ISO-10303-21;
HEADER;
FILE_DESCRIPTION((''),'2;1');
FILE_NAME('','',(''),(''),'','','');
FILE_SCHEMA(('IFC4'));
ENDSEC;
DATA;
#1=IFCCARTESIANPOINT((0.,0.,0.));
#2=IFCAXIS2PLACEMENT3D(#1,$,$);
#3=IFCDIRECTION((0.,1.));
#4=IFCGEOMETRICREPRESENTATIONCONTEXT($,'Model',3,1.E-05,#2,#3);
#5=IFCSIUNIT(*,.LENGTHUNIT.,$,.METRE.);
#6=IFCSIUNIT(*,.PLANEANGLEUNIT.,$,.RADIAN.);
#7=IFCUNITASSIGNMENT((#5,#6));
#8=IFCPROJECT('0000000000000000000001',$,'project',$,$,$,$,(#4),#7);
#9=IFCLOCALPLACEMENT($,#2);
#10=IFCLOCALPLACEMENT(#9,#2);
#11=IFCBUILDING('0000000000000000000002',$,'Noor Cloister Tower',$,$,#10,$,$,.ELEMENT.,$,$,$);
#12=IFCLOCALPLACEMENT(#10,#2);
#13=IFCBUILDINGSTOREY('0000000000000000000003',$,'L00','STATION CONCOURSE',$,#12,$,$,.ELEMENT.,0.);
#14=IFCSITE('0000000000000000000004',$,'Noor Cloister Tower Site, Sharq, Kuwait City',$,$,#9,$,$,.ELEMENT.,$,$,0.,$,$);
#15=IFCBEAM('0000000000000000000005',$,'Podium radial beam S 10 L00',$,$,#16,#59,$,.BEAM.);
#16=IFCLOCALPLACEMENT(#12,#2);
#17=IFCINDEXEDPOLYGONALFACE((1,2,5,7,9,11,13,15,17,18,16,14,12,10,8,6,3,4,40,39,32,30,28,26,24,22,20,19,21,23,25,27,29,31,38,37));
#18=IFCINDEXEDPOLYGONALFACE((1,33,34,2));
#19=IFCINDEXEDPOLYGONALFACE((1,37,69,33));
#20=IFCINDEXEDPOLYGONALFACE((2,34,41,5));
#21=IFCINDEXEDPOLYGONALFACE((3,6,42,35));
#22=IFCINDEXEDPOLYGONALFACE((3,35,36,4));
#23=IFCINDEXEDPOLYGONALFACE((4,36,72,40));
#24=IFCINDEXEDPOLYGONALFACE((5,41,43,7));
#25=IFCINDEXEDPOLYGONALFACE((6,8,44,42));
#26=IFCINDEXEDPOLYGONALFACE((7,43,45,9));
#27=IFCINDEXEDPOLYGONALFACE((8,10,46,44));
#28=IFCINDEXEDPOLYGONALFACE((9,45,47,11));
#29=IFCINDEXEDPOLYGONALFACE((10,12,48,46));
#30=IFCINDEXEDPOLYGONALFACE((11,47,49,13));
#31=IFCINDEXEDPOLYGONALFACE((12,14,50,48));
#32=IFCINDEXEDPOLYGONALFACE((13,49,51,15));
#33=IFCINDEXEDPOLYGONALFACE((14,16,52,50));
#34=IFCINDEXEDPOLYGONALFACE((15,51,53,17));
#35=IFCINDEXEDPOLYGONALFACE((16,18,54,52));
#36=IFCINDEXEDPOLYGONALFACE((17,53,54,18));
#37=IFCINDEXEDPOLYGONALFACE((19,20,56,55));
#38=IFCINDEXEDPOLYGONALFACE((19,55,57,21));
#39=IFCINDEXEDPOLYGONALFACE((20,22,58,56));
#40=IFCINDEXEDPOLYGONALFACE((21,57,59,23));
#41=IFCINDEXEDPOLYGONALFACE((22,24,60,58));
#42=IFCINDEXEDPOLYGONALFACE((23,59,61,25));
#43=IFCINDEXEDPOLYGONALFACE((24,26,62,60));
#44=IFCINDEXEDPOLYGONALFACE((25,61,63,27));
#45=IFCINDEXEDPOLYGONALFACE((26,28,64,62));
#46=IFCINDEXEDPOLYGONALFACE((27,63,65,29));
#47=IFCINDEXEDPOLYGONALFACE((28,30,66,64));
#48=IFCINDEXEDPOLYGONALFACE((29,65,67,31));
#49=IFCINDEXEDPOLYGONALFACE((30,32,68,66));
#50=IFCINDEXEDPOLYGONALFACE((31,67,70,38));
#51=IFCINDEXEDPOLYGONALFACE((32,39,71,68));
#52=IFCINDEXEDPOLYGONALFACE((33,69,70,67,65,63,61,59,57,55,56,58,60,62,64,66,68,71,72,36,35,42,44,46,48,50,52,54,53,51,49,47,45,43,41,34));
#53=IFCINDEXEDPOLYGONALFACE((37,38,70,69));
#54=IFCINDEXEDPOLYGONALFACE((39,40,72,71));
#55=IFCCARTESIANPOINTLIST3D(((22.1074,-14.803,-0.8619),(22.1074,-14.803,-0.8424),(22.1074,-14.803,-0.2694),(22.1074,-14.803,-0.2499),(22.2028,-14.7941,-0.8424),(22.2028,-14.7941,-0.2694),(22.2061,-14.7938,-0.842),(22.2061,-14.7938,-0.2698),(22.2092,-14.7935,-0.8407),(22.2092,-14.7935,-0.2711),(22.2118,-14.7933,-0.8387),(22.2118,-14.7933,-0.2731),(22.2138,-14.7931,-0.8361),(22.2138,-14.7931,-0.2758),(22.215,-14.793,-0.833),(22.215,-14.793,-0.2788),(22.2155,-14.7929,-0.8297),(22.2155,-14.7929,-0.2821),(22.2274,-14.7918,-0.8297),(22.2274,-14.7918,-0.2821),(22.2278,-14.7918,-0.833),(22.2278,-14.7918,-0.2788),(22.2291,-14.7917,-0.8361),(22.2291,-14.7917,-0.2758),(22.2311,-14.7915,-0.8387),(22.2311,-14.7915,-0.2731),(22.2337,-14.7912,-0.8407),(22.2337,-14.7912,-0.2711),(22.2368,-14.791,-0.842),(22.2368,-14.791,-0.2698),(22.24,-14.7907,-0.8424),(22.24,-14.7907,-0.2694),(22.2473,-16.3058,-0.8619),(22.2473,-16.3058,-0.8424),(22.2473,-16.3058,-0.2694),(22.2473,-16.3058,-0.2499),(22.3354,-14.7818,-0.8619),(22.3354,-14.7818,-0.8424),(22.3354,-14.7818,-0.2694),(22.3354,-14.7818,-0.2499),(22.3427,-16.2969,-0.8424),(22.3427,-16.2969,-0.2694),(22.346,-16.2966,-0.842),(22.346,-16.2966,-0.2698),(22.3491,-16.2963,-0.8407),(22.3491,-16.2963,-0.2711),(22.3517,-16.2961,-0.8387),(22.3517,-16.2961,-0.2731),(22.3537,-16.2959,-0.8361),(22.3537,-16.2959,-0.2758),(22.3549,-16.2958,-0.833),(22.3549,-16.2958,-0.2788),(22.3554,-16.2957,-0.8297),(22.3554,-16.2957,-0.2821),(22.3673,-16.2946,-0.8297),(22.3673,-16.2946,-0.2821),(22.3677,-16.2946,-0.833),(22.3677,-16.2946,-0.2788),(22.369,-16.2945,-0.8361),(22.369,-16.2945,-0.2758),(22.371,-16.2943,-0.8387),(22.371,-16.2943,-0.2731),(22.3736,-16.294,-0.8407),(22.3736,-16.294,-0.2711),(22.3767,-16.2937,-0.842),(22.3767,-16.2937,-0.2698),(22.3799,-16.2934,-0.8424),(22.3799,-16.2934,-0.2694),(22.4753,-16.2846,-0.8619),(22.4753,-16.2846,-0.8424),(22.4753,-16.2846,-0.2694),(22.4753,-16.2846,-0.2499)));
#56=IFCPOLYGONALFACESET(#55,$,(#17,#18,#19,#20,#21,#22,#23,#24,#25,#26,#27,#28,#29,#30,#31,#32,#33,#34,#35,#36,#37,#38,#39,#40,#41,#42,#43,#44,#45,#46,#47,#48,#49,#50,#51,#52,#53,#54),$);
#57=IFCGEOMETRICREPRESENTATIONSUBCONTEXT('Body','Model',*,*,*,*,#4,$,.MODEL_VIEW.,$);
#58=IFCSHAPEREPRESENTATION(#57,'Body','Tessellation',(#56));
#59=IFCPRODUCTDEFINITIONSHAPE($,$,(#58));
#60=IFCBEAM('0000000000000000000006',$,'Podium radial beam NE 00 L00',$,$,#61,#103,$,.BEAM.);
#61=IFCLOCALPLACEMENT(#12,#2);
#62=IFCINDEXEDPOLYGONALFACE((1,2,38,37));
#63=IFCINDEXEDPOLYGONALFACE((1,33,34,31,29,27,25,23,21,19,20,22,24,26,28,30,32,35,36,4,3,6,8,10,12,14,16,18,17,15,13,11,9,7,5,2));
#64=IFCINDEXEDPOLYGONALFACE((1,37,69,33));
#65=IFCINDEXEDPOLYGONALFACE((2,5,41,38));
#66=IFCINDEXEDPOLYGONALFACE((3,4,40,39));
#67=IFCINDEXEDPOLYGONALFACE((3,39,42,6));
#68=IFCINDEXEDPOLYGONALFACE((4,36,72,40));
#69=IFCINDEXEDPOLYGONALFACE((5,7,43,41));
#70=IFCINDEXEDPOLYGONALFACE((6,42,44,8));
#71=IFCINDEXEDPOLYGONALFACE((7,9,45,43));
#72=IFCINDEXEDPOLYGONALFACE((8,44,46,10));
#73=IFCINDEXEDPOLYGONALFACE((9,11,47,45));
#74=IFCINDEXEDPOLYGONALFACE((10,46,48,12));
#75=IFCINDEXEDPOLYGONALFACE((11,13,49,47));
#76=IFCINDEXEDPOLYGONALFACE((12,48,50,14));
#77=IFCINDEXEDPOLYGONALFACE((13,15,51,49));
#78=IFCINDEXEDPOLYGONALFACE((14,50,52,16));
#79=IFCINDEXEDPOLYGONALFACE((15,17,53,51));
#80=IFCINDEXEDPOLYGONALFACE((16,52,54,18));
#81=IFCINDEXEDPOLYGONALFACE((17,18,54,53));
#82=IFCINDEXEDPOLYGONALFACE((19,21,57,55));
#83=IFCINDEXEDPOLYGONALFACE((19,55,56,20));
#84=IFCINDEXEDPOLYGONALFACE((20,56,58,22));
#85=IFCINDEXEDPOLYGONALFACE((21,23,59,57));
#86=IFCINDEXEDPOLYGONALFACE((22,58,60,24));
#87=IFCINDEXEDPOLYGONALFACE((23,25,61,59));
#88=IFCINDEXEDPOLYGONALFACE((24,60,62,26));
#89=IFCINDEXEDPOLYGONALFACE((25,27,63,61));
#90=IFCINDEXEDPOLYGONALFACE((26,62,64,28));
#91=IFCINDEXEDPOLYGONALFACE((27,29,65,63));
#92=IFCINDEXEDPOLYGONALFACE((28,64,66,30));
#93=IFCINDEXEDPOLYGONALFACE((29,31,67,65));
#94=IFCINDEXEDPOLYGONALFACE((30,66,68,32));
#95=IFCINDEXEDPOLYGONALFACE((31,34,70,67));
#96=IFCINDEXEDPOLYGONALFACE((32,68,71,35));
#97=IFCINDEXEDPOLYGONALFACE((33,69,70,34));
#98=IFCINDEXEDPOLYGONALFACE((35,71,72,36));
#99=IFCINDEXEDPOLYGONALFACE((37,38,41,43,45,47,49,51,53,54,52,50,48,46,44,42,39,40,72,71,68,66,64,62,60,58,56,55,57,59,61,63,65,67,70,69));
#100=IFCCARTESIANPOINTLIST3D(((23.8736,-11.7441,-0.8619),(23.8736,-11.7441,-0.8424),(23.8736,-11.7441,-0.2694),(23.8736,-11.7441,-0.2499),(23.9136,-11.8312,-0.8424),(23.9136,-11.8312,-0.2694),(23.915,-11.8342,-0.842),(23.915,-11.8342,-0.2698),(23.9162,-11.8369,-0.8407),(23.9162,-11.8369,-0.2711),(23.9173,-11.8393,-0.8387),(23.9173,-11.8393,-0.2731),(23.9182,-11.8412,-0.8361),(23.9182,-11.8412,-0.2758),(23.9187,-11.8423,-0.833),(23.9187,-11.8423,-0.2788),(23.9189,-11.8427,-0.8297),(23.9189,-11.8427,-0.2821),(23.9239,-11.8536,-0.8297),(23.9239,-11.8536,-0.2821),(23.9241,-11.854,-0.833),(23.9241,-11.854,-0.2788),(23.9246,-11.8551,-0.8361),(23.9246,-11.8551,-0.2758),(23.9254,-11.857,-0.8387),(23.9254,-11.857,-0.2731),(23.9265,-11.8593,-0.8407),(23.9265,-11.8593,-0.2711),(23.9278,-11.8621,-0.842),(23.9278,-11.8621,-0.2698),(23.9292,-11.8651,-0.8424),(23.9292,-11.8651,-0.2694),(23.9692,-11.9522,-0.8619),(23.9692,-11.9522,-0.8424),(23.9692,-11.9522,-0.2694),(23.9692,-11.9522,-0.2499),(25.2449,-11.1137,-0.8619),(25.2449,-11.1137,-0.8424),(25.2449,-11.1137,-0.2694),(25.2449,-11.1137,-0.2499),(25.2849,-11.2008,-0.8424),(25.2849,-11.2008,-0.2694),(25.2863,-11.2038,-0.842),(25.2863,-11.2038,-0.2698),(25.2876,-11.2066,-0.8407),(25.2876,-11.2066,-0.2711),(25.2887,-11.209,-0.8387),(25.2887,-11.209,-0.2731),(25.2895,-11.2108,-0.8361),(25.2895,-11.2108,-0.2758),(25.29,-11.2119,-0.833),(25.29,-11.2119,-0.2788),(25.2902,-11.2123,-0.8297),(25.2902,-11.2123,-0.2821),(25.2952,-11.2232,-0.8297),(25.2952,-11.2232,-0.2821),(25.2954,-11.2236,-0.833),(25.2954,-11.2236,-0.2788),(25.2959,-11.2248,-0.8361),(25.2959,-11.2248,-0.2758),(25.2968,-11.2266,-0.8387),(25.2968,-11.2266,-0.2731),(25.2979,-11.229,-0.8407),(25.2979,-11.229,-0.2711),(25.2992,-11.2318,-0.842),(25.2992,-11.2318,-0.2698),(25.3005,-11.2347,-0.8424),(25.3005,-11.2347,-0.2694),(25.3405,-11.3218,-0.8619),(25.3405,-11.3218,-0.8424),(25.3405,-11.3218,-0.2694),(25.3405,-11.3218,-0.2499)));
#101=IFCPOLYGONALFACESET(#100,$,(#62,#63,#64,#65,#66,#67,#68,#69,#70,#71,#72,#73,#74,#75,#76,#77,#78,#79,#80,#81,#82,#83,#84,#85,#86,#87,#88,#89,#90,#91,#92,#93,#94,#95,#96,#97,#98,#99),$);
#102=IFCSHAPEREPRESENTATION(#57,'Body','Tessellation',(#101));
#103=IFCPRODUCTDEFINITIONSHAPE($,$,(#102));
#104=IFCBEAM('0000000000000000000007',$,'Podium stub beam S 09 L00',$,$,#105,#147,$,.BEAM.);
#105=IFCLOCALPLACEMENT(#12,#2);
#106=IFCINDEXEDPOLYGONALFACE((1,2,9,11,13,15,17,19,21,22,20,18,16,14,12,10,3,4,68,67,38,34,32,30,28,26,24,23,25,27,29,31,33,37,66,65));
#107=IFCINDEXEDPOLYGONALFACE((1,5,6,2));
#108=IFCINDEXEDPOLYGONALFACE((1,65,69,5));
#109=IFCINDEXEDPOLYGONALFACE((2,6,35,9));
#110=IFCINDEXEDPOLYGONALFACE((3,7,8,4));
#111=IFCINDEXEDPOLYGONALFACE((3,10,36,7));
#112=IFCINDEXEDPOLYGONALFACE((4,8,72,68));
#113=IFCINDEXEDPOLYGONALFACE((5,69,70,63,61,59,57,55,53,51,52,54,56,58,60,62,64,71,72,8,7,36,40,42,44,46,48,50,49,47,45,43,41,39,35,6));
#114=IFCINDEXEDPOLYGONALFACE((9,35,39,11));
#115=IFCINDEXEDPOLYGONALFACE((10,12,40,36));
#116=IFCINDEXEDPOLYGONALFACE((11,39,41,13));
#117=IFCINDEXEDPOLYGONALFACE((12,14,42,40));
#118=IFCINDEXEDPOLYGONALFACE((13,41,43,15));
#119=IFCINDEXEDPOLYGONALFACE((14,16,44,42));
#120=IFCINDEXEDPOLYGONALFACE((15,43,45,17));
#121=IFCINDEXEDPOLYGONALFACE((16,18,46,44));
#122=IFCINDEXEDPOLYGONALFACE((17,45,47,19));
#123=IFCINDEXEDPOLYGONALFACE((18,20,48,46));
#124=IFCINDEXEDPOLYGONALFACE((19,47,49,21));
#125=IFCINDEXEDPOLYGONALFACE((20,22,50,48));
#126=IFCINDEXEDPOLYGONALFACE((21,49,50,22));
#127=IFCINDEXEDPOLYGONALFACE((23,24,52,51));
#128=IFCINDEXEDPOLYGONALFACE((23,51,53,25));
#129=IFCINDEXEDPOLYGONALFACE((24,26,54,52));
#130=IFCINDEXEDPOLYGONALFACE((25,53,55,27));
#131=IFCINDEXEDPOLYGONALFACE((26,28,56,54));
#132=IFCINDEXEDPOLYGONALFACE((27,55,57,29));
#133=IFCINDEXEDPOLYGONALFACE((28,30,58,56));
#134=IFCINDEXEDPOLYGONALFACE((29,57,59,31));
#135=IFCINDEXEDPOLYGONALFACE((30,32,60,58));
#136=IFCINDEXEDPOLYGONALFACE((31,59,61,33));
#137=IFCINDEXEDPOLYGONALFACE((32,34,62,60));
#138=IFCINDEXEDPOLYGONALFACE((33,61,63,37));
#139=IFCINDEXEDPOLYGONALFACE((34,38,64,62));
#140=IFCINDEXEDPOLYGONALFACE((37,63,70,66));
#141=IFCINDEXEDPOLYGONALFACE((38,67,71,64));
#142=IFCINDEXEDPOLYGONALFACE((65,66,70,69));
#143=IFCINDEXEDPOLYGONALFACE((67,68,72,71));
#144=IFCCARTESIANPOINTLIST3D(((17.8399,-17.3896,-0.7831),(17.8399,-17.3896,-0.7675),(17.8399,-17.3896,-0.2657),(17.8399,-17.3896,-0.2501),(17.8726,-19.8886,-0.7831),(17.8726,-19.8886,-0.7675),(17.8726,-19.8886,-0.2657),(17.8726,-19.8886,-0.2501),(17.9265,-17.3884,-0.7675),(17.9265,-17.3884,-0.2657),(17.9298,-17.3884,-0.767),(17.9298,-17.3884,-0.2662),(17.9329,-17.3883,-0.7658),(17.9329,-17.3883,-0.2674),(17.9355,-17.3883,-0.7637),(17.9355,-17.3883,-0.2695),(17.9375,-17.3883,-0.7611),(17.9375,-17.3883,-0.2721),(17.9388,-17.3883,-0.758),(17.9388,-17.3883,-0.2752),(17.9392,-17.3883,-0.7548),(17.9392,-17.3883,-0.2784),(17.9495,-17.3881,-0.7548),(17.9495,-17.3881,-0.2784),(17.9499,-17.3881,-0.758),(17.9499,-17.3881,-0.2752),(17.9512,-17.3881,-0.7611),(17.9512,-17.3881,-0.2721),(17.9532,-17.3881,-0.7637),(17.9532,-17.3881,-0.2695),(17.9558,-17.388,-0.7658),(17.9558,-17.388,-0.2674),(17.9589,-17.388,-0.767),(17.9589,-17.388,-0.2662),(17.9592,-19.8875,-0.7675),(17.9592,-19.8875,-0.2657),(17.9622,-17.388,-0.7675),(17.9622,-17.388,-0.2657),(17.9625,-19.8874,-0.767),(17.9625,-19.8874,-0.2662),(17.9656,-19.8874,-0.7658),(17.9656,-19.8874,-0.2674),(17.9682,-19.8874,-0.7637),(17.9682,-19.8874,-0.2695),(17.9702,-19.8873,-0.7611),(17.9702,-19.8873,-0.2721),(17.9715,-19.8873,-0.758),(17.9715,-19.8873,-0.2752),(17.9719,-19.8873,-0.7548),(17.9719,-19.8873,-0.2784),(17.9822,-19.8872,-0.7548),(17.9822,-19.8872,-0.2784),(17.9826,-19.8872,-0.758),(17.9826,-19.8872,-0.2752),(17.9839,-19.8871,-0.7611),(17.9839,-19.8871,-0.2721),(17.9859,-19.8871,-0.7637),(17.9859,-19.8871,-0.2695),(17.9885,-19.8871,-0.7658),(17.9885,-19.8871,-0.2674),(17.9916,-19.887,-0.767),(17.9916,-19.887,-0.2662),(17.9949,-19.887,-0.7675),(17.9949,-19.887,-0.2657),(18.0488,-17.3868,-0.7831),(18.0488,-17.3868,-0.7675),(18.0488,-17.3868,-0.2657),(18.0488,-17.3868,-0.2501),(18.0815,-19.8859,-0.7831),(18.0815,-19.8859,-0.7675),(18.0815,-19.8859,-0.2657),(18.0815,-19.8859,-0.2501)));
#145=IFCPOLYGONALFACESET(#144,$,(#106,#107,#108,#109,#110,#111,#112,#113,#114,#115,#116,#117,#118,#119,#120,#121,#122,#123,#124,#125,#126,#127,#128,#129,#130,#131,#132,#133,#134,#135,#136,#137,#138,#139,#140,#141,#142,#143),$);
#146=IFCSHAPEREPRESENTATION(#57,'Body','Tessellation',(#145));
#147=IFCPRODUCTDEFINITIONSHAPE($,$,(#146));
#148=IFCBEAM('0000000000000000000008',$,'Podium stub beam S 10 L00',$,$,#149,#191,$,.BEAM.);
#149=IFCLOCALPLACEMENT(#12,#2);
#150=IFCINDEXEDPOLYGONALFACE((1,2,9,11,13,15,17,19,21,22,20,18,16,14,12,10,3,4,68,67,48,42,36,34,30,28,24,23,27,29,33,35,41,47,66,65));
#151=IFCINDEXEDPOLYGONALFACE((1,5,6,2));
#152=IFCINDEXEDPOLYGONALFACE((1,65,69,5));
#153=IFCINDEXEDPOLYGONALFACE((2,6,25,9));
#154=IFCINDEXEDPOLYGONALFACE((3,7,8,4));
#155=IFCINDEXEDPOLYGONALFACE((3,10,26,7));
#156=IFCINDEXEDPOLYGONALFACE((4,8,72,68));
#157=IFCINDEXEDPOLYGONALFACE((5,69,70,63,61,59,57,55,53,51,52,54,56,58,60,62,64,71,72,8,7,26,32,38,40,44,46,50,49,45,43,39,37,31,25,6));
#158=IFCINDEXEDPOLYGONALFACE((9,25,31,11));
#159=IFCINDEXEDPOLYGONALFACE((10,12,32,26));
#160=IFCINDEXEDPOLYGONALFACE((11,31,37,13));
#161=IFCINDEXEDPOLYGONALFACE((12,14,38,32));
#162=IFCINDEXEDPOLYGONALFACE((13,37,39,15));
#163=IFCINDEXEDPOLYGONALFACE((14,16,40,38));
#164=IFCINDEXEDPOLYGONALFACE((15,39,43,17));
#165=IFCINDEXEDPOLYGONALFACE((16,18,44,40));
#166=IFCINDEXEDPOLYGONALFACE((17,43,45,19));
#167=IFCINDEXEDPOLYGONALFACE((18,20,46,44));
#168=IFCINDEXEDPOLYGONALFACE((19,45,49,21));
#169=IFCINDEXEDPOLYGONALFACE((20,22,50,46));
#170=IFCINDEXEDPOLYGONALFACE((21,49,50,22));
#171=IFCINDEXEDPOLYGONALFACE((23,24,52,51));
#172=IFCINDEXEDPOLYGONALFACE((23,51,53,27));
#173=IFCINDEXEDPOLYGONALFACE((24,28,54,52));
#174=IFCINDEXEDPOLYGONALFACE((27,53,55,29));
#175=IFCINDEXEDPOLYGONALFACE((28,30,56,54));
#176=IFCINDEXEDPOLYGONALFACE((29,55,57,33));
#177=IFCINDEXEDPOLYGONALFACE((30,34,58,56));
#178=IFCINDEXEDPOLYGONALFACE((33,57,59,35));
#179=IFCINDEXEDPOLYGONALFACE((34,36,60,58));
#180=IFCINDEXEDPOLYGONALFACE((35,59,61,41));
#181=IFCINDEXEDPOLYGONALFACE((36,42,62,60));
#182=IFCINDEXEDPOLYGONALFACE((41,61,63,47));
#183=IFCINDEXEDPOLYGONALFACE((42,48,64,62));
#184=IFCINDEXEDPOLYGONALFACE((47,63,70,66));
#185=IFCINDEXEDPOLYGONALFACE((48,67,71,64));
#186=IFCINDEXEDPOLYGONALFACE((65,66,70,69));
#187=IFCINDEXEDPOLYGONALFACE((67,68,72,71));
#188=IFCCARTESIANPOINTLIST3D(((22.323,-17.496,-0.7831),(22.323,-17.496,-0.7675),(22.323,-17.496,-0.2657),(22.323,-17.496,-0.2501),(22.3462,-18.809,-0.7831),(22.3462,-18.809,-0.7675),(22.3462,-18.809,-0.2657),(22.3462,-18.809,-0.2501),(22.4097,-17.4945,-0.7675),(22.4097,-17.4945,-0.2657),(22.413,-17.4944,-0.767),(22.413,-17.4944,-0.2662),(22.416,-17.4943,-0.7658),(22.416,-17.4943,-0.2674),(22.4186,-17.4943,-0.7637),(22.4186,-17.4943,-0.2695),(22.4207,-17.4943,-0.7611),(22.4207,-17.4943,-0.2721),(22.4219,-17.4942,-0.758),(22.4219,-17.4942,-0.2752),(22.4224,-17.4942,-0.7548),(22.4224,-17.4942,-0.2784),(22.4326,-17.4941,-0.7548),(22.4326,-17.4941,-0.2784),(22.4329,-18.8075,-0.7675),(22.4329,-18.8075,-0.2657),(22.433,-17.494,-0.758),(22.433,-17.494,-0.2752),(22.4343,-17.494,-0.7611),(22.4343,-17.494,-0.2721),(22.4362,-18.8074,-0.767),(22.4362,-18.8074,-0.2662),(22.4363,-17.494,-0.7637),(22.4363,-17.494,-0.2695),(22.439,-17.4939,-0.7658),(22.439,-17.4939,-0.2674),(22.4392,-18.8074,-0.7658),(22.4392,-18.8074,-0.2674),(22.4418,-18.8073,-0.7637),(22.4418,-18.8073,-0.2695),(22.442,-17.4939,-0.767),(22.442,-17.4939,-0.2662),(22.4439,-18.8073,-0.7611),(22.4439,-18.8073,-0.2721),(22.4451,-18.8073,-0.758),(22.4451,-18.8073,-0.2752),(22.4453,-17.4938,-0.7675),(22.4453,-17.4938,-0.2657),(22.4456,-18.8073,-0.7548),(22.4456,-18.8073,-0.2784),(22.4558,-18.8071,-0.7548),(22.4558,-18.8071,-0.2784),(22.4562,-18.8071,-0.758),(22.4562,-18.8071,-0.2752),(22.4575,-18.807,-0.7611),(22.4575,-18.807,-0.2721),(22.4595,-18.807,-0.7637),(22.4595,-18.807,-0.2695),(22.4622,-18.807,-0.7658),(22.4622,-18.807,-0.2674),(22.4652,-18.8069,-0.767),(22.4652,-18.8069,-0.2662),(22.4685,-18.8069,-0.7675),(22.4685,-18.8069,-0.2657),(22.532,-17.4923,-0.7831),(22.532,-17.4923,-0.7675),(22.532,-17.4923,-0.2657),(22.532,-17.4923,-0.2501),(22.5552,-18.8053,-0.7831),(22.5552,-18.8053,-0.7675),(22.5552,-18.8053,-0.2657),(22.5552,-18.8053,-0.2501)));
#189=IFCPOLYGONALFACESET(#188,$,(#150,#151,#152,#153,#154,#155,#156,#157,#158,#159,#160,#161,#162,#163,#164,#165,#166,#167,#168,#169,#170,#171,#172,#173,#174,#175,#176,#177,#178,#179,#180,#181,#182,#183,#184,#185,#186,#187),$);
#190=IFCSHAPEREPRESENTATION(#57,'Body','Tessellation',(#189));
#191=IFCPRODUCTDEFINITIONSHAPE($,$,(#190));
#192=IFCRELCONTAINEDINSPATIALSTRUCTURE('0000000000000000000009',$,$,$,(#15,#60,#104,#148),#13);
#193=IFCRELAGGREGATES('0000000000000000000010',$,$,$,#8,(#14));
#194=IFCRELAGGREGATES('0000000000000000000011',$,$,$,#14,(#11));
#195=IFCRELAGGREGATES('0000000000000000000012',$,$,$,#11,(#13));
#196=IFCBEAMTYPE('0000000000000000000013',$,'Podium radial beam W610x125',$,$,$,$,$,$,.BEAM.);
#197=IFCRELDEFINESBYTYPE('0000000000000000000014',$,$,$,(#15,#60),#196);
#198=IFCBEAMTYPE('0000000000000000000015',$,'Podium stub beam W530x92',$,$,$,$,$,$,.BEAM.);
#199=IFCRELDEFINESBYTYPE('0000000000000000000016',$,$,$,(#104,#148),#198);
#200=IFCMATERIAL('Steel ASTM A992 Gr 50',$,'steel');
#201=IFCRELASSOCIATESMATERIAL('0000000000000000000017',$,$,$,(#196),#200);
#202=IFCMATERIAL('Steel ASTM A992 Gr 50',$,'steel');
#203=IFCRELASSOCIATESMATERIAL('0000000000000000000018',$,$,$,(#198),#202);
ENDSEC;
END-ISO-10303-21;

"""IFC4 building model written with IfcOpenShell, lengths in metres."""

from ifc_helpers import new_model, si_unit, direction, frame, origin, origin_2d, place, context, subcontext, project, spatial, i_section, extrude, material, material_profile, profile_set, type_object, element, save


model = new_model("IFC4")

# Units and contexts
model_context = context("Model", 3, precision=1e-05, world=origin(), true_north=direction((0.0, 1.0)))
body_context = subcontext(model_context, "Body", "Model", "MODEL_VIEW")
ifc_project = project(units=[si_unit("LENGTHUNIT", "METRE"), si_unit("PLANEANGLEUNIT", "RADIAN")], contexts=[model_context])

# Site, building, storey
site_placement = place(None, origin())
site = spatial("IfcSite", under=ifc_project, at=site_placement, Name="Noor Cloister Tower Site, Sharq, Kuwait City", CompositionType="ELEMENT", RefElevation=0.0)
building_placement = place(site_placement, origin())
building = spatial("IfcBuilding", under=site, at=building_placement, Name="Noor Cloister Tower", CompositionType="ELEMENT")
storey_placement = place(building_placement, origin())
storey = spatial("IfcBuildingStorey", under=building, at=storey_placement, Name="L00", Description="STATION CONCOURSE", CompositionType="ELEMENT", Elevation=0.0)

# Beams
ifc_material_1 = material(Name="Steel ASTM A992 Gr 50", Category="steel")
ifc_material_profile_1 = material_profile(ifc_material_1, i_section(OverallWidth=0.229, OverallDepth=0.6121, WebThickness=0.012, FlangeThickness=0.0195, FilletRadius=0.0127, at=origin_2d()), Name="W610x125")
ifc_profile_set_1 = profile_set([ifc_material_profile_1], Name="Steel ASTM A992 Gr 50")
beam_type_1 = type_object("IfcBeamType", Name="Podium radial beam W610x125", PredefinedType="BEAM", material=ifc_profile_set_1)
for number, where, z_axis, x_axis, name in (
    (1, (22.3613, -16.2952, -0.5559), (-0.092694, 0.995695, 0.0), (-0.995695, -0.092694, 0.0), "Podium radial beam S 10 L00"),
    (2, (25.2927, -11.2178, -0.5559), (-0.908602, -0.417663, 0.0), (0.417663, -0.908602, 0.0), "Podium radial beam NE 00 L00"),
):
    element("IfcBeam", number, at=place(storey_placement, frame(where, z_axis=z_axis, x_axis=x_axis)), inside=storey, type_object=beam_type_1, Name=name, PredefinedType="BEAM", context=body_context, shape_type="SweptSolid", body=[
        extrude(i_section(OverallWidth=0.229, OverallDepth=0.6121, WebThickness=0.012, FlangeThickness=0.0195, FilletRadius=0.0127, at=origin_2d()), origin(), (0.0, 0.0, 1.0), 1.5093),
    ])
ifc_material_2 = material(Name="Steel ASTM A992 Gr 50", Category="steel")
ifc_material_profile_2 = material_profile(ifc_material_2, i_section(OverallWidth=0.209, OverallDepth=0.533, WebThickness=0.0103, FlangeThickness=0.0156, FilletRadius=0.0127, at=origin_2d()), Name="W530x92")
ifc_profile_set_2 = profile_set([ifc_material_profile_2], Name="Steel ASTM A992 Gr 50")
beam_type_2 = type_object("IfcBeamType", Name="Podium stub beam W530x92", PredefinedType="BEAM", material=ifc_profile_set_2)
beam_1_placement = place(storey_placement, frame((17.9443, -17.3882, -0.5166), z_axis=(0.01309, -0.999914, 0.0), x_axis=(0.999914, 0.01309, 0.0)))
element("IfcBeam", 3, at=beam_1_placement, inside=storey, type_object=beam_type_2, Name="Podium stub beam S 09 L00", PredefinedType="BEAM", context=body_context, shape_type="SweptSolid", body=[
    extrude(i_section(OverallWidth=0.209, OverallDepth=0.533, WebThickness=0.0103, FlangeThickness=0.0156, FilletRadius=0.0127, at=origin_2d()), origin(), (0.0, 0.0, 1.0), 2.4993),
])
beam_2_placement = place(storey_placement, frame((22.4275, -17.4941, -0.5166), z_axis=(0.017662, -0.999844, 0.0), x_axis=(0.999844, 0.017662, 0.0)))
element("IfcBeam", 4, at=beam_2_placement, inside=storey, type_object=beam_type_2, Name="Podium stub beam S 10 L00", PredefinedType="BEAM", context=body_context, shape_type="SweptSolid", body=[
    extrude(i_section(OverallWidth=0.209, OverallDepth=0.533, WebThickness=0.0103, FlangeThickness=0.0156, FilletRadius=0.0127, at=origin_2d()), origin(), (0.0, 0.0, 1.0), 1.3132),
])

save(model, "model.ifc")
